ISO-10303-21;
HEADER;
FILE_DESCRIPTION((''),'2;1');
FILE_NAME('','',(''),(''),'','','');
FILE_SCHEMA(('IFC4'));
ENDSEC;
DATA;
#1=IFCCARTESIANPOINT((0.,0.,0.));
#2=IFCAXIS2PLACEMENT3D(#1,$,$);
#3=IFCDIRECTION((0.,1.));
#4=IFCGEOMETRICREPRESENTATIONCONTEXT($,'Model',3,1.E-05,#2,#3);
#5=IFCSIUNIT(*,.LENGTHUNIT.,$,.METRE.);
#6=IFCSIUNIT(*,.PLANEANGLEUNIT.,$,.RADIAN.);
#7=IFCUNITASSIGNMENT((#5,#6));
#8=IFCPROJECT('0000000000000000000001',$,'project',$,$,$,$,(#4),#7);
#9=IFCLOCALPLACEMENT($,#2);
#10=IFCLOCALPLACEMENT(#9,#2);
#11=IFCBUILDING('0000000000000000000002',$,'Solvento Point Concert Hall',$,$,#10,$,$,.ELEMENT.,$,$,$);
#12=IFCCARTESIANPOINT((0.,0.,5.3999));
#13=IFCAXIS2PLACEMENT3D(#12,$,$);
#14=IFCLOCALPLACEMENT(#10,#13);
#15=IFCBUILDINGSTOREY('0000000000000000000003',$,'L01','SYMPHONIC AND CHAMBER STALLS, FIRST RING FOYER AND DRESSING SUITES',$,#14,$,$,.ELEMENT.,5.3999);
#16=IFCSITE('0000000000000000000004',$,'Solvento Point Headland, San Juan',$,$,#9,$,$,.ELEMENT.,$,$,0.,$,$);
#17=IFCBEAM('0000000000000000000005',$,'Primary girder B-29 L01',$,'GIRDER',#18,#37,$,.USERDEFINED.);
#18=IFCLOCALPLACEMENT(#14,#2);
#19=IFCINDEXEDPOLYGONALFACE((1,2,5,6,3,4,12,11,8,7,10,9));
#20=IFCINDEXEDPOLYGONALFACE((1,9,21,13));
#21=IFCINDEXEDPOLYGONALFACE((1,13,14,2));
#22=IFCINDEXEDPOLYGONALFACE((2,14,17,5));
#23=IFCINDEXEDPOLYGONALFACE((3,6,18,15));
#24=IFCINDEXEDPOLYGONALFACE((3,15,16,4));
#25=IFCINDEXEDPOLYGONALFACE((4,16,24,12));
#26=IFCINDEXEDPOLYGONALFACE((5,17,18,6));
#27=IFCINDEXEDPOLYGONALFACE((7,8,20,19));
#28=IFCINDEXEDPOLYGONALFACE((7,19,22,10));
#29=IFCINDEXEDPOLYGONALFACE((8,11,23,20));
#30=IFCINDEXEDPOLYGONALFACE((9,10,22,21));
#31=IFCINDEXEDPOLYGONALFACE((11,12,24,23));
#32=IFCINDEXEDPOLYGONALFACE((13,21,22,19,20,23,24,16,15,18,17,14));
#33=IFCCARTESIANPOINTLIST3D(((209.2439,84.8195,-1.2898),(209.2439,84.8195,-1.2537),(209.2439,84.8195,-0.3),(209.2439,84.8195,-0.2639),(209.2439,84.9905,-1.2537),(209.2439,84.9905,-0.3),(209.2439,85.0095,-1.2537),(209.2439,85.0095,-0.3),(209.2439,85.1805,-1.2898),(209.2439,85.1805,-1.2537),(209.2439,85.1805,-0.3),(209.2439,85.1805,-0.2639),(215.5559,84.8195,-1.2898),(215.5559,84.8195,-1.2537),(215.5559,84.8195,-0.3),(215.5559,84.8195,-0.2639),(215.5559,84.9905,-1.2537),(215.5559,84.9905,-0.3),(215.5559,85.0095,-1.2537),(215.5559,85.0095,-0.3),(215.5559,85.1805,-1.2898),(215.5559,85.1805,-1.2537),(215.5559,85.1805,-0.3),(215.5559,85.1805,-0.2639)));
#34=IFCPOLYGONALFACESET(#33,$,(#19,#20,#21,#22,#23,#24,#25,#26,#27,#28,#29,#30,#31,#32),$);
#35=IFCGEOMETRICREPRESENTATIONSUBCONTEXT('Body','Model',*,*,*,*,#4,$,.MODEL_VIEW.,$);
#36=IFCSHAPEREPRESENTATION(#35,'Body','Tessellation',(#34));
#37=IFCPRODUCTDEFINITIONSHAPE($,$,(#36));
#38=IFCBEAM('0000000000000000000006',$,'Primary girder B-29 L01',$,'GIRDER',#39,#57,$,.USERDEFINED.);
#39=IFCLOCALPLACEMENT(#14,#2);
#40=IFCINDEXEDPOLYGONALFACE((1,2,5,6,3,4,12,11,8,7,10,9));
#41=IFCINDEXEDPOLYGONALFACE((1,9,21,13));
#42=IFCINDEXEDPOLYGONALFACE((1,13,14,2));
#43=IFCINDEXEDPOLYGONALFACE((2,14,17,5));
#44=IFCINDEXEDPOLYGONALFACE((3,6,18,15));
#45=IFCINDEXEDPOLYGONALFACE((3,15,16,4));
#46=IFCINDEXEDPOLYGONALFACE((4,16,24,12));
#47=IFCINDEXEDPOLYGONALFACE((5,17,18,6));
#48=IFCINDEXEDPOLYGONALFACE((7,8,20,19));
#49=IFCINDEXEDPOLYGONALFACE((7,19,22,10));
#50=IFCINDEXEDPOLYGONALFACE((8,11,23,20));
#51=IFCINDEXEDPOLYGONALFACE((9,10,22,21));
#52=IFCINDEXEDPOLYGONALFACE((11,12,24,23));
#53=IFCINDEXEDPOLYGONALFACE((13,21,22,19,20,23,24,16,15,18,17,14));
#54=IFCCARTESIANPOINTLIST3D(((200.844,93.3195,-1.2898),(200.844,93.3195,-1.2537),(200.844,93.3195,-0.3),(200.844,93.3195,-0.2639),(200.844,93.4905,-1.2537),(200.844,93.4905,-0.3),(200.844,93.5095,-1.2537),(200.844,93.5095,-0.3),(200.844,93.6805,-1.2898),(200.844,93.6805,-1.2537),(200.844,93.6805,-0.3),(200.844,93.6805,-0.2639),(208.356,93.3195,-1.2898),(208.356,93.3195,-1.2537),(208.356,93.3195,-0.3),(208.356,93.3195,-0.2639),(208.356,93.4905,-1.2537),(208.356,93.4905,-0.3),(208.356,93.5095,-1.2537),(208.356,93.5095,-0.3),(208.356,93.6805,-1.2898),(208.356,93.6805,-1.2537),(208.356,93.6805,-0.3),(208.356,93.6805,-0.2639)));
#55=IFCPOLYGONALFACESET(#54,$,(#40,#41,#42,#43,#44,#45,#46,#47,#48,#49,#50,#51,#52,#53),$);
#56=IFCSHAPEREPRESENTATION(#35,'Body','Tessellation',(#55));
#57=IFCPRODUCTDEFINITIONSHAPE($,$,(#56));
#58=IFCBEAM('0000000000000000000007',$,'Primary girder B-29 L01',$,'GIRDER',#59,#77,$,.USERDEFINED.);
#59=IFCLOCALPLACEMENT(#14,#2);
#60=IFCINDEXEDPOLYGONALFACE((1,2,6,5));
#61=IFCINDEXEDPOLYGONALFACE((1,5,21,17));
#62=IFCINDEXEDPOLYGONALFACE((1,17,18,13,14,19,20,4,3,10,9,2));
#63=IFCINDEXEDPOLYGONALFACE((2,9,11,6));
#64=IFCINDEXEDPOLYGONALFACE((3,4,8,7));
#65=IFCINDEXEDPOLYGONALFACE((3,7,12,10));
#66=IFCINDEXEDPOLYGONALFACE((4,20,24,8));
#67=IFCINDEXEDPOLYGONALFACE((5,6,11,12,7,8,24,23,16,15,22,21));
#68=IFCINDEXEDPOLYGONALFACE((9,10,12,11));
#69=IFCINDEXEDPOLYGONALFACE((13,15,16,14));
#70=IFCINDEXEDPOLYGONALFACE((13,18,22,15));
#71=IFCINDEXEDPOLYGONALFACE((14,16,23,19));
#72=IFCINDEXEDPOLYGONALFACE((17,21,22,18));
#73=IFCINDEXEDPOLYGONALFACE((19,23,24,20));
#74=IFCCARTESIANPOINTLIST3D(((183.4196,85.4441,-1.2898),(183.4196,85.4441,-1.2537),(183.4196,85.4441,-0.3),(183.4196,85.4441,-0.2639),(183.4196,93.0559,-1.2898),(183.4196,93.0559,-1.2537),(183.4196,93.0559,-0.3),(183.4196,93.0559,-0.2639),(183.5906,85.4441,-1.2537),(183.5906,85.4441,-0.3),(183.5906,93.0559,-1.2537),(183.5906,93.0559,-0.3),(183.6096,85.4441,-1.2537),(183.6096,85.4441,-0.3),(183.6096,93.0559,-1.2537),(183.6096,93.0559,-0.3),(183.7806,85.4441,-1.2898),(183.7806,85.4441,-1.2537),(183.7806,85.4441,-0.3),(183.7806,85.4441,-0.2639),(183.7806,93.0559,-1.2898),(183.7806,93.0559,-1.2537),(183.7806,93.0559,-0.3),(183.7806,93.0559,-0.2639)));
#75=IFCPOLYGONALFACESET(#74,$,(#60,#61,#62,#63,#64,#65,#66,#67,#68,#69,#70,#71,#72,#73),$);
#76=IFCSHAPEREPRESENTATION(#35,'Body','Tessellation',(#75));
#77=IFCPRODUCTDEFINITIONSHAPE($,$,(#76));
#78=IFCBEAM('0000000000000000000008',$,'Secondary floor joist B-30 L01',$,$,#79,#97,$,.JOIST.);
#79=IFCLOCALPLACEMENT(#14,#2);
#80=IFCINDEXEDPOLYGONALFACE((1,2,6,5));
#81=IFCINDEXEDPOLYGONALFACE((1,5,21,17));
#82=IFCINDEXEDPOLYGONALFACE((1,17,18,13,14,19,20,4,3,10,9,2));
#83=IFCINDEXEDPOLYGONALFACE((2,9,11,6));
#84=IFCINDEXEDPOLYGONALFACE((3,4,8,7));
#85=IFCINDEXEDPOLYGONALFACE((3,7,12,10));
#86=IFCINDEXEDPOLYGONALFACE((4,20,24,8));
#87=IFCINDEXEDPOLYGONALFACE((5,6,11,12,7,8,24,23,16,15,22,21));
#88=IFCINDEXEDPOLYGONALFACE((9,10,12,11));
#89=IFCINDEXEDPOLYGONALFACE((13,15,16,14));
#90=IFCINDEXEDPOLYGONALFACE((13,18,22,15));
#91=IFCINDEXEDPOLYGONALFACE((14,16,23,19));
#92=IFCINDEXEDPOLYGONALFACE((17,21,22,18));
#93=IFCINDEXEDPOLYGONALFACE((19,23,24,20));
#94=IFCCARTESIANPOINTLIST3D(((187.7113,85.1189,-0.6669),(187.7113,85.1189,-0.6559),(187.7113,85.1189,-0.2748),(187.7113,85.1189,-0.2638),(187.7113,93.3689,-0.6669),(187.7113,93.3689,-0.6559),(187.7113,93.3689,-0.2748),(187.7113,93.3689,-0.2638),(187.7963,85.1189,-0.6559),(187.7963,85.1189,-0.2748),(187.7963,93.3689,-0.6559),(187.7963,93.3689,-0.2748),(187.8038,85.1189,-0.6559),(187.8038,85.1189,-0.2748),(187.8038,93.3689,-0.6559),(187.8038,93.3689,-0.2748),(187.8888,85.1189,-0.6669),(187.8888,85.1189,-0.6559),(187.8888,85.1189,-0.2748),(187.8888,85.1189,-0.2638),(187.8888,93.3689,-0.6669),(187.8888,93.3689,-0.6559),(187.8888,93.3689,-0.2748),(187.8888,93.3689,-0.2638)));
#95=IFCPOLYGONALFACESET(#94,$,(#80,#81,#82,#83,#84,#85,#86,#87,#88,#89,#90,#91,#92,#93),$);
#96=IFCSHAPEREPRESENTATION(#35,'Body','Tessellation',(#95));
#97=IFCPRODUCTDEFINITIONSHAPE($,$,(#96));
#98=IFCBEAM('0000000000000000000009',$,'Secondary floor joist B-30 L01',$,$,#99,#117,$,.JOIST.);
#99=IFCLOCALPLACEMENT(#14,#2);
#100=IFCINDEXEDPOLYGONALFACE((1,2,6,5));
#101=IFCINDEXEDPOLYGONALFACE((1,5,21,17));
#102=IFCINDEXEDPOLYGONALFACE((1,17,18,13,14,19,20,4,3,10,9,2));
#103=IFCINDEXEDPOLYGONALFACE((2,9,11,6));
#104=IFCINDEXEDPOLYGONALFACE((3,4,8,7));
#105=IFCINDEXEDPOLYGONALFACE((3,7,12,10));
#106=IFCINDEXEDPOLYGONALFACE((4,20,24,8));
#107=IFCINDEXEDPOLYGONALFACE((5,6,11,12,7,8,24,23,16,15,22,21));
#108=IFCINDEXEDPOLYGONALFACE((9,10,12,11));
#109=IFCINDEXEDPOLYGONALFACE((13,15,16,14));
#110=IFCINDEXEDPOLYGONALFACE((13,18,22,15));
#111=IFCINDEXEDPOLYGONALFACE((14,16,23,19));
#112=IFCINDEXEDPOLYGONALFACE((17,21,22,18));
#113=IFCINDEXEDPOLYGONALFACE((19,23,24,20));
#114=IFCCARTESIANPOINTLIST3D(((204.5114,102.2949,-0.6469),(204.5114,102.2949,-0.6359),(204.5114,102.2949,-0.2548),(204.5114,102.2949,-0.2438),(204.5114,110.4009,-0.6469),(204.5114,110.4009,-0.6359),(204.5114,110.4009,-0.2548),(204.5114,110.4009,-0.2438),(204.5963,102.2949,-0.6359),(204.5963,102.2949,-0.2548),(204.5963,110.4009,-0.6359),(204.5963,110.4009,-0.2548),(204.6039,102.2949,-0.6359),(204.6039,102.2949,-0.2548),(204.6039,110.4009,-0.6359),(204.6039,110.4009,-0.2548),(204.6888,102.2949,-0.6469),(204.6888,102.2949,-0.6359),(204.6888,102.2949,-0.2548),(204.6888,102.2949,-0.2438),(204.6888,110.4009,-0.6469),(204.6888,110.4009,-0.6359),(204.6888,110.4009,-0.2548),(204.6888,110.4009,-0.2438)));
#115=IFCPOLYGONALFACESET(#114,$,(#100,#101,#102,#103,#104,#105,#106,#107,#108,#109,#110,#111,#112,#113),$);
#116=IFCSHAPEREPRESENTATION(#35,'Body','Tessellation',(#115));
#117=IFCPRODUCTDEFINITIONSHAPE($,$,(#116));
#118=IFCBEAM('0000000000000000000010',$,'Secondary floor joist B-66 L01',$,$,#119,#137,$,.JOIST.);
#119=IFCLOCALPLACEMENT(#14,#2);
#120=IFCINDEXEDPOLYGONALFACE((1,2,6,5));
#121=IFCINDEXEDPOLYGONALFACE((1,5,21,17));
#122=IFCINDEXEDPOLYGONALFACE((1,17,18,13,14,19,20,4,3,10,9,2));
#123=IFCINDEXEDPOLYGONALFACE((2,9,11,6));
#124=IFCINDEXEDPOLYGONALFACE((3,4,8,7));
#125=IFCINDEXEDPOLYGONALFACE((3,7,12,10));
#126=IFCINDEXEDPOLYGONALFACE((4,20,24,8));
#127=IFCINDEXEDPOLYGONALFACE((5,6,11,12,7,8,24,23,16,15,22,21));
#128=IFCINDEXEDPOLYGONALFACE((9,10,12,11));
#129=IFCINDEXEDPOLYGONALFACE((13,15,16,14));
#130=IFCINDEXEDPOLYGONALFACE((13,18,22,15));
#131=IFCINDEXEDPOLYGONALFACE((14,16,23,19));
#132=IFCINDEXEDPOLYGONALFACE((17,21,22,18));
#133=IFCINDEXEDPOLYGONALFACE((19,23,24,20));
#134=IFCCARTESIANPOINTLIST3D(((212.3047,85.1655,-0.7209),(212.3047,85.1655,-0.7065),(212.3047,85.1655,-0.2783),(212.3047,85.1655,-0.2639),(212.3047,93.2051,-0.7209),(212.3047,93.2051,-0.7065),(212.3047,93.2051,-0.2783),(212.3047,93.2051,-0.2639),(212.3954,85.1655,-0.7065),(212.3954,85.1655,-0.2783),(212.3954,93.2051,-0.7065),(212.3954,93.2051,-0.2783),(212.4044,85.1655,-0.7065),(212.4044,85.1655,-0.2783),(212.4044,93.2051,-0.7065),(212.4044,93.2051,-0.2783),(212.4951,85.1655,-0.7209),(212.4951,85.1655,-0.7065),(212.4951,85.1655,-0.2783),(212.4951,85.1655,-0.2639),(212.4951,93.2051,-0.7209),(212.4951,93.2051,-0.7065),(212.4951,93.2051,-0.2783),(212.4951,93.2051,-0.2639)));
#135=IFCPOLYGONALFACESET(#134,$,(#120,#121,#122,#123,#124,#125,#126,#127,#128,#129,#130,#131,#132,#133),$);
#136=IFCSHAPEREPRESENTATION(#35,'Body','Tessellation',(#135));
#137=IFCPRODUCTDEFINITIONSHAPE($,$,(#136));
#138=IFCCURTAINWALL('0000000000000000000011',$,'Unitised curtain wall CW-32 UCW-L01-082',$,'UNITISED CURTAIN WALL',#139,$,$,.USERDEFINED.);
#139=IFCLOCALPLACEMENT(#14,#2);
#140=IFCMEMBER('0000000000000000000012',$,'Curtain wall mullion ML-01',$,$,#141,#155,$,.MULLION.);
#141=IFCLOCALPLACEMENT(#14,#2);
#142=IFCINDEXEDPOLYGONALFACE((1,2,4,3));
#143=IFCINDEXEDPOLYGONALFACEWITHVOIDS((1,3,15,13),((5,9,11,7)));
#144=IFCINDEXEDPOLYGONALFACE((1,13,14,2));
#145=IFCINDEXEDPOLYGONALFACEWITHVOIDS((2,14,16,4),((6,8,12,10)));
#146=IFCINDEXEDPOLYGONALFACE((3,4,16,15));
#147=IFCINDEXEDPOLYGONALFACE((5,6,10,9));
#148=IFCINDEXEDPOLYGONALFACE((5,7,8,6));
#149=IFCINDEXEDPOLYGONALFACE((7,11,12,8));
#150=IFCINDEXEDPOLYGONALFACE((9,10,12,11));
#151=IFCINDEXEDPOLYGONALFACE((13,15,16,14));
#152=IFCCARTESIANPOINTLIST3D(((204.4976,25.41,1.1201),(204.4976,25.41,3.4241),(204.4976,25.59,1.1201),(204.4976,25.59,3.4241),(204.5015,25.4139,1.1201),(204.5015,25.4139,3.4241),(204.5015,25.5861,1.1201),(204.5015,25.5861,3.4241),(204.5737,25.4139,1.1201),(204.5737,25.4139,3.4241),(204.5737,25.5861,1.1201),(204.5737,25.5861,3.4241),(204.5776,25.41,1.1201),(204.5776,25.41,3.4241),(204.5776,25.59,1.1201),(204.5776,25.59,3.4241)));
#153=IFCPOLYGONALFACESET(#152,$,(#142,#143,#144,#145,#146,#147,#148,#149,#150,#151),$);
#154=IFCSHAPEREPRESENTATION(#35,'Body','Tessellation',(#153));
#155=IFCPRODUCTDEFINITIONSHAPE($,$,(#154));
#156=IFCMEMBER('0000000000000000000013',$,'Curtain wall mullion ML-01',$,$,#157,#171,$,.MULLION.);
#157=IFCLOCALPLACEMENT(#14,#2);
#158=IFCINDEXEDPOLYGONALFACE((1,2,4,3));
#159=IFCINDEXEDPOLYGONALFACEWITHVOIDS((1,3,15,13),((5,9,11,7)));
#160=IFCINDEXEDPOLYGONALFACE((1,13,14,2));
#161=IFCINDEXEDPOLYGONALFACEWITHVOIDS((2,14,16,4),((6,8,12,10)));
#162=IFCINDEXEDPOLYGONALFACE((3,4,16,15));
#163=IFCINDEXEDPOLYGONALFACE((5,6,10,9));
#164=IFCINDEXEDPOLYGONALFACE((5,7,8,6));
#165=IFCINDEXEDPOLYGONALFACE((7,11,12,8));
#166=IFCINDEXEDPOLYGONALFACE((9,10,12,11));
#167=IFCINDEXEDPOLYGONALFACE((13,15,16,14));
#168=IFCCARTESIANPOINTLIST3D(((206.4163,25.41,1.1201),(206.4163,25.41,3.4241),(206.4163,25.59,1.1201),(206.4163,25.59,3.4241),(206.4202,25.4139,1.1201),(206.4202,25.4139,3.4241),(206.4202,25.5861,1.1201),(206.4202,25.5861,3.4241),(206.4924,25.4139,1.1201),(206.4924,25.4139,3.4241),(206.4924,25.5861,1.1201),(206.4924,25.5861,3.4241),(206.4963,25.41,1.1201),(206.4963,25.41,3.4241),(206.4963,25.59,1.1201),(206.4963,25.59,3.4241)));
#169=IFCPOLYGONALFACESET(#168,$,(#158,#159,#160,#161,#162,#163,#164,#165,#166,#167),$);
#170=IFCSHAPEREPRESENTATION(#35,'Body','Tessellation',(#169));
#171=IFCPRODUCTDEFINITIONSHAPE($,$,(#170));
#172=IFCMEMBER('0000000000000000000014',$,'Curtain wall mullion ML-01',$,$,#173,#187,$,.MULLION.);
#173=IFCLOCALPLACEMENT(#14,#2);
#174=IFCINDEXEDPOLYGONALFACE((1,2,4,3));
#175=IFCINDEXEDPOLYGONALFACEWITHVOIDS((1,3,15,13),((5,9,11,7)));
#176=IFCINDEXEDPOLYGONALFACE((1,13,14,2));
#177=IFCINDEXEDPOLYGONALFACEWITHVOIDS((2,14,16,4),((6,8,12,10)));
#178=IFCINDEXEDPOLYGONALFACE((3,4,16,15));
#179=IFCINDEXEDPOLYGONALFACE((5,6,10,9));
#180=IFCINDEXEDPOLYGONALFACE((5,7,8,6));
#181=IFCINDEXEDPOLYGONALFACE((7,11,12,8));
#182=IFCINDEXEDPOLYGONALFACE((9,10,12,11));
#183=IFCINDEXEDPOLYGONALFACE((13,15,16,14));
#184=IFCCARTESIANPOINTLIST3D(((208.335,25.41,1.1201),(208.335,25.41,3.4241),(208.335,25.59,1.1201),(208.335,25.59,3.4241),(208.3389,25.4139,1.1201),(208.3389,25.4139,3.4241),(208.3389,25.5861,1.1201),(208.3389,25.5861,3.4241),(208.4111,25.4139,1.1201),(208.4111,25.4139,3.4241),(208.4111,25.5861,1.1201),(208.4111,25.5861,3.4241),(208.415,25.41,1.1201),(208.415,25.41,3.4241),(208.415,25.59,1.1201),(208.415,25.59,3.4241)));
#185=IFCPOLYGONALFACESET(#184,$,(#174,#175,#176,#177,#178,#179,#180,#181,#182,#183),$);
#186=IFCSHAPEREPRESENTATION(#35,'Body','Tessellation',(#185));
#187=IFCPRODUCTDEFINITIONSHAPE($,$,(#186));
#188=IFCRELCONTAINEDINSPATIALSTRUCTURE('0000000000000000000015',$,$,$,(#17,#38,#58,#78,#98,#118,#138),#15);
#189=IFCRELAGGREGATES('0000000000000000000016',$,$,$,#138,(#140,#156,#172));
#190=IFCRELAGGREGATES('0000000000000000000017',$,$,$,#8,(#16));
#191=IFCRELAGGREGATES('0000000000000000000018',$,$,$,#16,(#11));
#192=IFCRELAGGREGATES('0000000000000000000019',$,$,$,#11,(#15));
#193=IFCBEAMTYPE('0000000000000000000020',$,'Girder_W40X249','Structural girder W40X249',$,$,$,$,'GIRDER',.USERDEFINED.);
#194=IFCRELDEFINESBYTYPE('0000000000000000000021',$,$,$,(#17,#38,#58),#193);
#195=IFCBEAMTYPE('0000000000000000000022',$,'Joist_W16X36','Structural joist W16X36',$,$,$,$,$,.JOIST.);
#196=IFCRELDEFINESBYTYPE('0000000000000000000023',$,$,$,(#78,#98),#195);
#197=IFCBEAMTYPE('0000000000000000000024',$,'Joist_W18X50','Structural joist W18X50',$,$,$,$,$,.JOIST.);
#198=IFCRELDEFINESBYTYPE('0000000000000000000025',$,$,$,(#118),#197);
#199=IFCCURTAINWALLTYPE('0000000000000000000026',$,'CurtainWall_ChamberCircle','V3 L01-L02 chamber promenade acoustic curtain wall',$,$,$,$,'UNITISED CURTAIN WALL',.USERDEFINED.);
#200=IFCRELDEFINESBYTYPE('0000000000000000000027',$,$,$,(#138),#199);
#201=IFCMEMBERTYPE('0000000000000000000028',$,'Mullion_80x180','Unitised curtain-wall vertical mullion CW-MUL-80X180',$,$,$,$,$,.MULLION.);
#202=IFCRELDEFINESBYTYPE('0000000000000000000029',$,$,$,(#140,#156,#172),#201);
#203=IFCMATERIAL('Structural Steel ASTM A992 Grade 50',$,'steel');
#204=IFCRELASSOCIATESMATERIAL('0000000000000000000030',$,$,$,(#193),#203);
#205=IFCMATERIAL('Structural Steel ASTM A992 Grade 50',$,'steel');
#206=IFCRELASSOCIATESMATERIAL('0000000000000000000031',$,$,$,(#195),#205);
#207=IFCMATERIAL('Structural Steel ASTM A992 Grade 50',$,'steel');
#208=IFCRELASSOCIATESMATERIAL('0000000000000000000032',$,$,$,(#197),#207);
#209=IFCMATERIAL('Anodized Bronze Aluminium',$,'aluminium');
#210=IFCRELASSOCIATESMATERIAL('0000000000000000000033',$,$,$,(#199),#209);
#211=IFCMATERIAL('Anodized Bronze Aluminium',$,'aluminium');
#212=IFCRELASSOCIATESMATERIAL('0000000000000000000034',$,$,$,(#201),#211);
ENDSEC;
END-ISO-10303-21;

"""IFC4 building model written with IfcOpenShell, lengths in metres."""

from ifc_helpers import new_model, si_unit, direction, frame, origin, origin_2d, place, context, subcontext, project, spatial, hollow_rectangle, i_section, extrude, material, material_profile, profile_set, type_object, element, aggregate, save


model = new_model("IFC4")

# Units and contexts
model_context = context("Model", 3, precision=1e-05, world=origin(), true_north=direction((0.0, 1.0)))
body_context = subcontext(model_context, "Body", "Model", "MODEL_VIEW")
ifc_project = project(units=[si_unit("LENGTHUNIT", "METRE"), si_unit("PLANEANGLEUNIT", "RADIAN")], contexts=[model_context])

# Site, building, storey
site_placement = place(None, origin())
site = spatial("IfcSite", under=ifc_project, at=site_placement, Name="Solvento Point Headland, San Juan", CompositionType="ELEMENT", RefElevation=0.0)
building_placement = place(site_placement, origin())
building = spatial("IfcBuilding", under=site, at=building_placement, Name="Solvento Point Concert Hall", CompositionType="ELEMENT")
storey_placement = place(building_placement, frame((0.0, 0.0, 5.3999)))
storey = spatial("IfcBuildingStorey", under=building, at=storey_placement, Name="L01", Description="SYMPHONIC AND CHAMBER STALLS, FIRST RING FOYER AND DRESSING SUITES", CompositionType="ELEMENT", Elevation=5.3999)

# Beams
ifc_material_1 = material(Name="Structural Steel ASTM A992 Grade 50", Category="steel")
ifc_material_profile_1 = material_profile(ifc_material_1, i_section(OverallWidth=0.3611, OverallDepth=1.0259, WebThickness=0.019, FlangeThickness=0.0361, at=origin_2d()), Name="W40X249")
ifc_profile_set_1 = profile_set([ifc_material_profile_1], Name="Structural Steel ASTM A992 Grade 50")
beam_type_1 = type_object("IfcBeamType", Name="Girder_W40X249", Description="Structural girder W40X249", ElementType="GIRDER", PredefinedType="USERDEFINED", material=ifc_profile_set_1)
beam_1_placement = place(storey_placement, frame((209.2439, 85.0, -0.7769), z_axis=(1.0, 0.0, 0.0), x_axis=(0.0, 1.0, 0.0)))
element("IfcBeam", 1, at=beam_1_placement, inside=storey, type_object=beam_type_1, Name="Primary girder B-29 L01", ObjectType="GIRDER", PredefinedType="USERDEFINED", context=body_context, shape_type="SweptSolid", body=[
    extrude(i_section(OverallWidth=0.3611, OverallDepth=1.0259, WebThickness=0.019, FlangeThickness=0.0361, at=origin_2d()), origin(), (0.0, 0.0, 1.0), 6.312),
])
beam_2_placement = place(storey_placement, frame((200.844, 93.5, -0.7769), z_axis=(1.0, 0.0, 0.0), x_axis=(0.0, 1.0, 0.0)))
element("IfcBeam", 2, at=beam_2_placement, inside=storey, type_object=beam_type_1, Name="Primary girder B-29 L01", ObjectType="GIRDER", PredefinedType="USERDEFINED", context=body_context, shape_type="SweptSolid", body=[
    extrude(i_section(OverallWidth=0.3611, OverallDepth=1.0259, WebThickness=0.019, FlangeThickness=0.0361, at=origin_2d()), origin(), (0.0, 0.0, 1.0), 7.512),
])
beam_3_placement = place(storey_placement, frame((183.6001, 85.4441, -0.7769), z_axis=(0.0, 1.0, 0.0), x_axis=(-1.0, 0.0, 0.0)))
element("IfcBeam", 3, at=beam_3_placement, inside=storey, type_object=beam_type_1, Name="Primary girder B-29 L01", ObjectType="GIRDER", PredefinedType="USERDEFINED", context=body_context, shape_type="SweptSolid", body=[
    extrude(i_section(OverallWidth=0.3611, OverallDepth=1.0259, WebThickness=0.019, FlangeThickness=0.0361, at=origin_2d()), origin(), (0.0, 0.0, 1.0), 7.6118),
])
ifc_material_2 = material(Name="Structural Steel ASTM A992 Grade 50", Category="steel")
ifc_material_profile_2 = material_profile(ifc_material_2, i_section(OverallWidth=0.1775, OverallDepth=0.4031, WebThickness=0.0076, FlangeThickness=0.011, at=origin_2d()), Name="W16X36")
ifc_profile_set_2 = profile_set([ifc_material_profile_2], Name="Structural Steel ASTM A992 Grade 50")
beam_type_2 = type_object("IfcBeamType", Name="Joist_W16X36", Description="Structural joist W16X36", PredefinedType="JOIST", material=ifc_profile_set_2)
beam_4_placement = place(storey_placement, frame((187.8, 85.1189, -0.4653), z_axis=(0.0, 1.0, 0.0), x_axis=(-1.0, 0.0, 0.0)))
element("IfcBeam", 4, at=beam_4_placement, inside=storey, type_object=beam_type_2, Name="Secondary floor joist B-30 L01", PredefinedType="JOIST", context=body_context, shape_type="SweptSolid", body=[
    extrude(i_section(OverallWidth=0.1775, OverallDepth=0.4031, WebThickness=0.0076, FlangeThickness=0.011, at=origin_2d()), origin(), (0.0, 0.0, 1.0), 8.25),
])
beam_5_placement = place(storey_placement, frame((204.6001, 102.2949, -0.4453), z_axis=(0.0, 1.0, 0.0), x_axis=(-1.0, 0.0, 0.0)))
element("IfcBeam", 5, at=beam_5_placement, inside=storey, type_object=beam_type_2, Name="Secondary floor joist B-30 L01", PredefinedType="JOIST", context=body_context, shape_type="SweptSolid", body=[
    extrude(i_section(OverallWidth=0.1775, OverallDepth=0.4031, WebThickness=0.0076, FlangeThickness=0.011, at=origin_2d()), origin(), (0.0, 0.0, 1.0), 8.106),
])
ifc_material_3 = material(Name="Structural Steel ASTM A992 Grade 50", Category="steel")
ifc_material_profile_3 = material_profile(ifc_material_3, i_section(OverallWidth=0.1904, OverallDepth=0.457, WebThickness=0.009, FlangeThickness=0.0144, at=origin_2d()), Name="W18X50")
ifc_profile_set_3 = profile_set([ifc_material_profile_3], Name="Structural Steel ASTM A992 Grade 50")
beam_type_3 = type_object("IfcBeamType", Name="Joist_W18X50", Description="Structural joist W18X50", PredefinedType="JOIST", material=ifc_profile_set_3)
beam_6_placement = place(storey_placement, frame((212.3999, 85.1655, -0.4924), z_axis=(0.0, 1.0, 0.0), x_axis=(-1.0, 0.0, 0.0)))
element("IfcBeam", 6, at=beam_6_placement, inside=storey, type_object=beam_type_3, Name="Secondary floor joist B-66 L01", PredefinedType="JOIST", context=body_context, shape_type="SweptSolid", body=[
    extrude(i_section(OverallWidth=0.1904, OverallDepth=0.457, WebThickness=0.009, FlangeThickness=0.0144, at=origin_2d()), origin(), (0.0, 0.0, 1.0), 8.0396),
])

# Curtain wall, members
ifc_material_4 = material(Name="Anodized Bronze Aluminium", Category="aluminium")
curtain_wall_type = type_object("IfcCurtainWallType", Name="CurtainWall_ChamberCircle", Description="V3 L01-L02 chamber promenade acoustic curtain wall", ElementType="UNITISED CURTAIN WALL", PredefinedType="USERDEFINED", material=ifc_material_4)
curtain_wall_placement = place(storey_placement, origin())
curtain_wall = element("IfcCurtainWall", 7, at=curtain_wall_placement, inside=storey, type_object=curtain_wall_type, Name="Unitised curtain wall CW-32 UCW-L01-082", ObjectType="UNITISED CURTAIN WALL", PredefinedType="USERDEFINED")
ifc_material_5 = material(Name="Anodized Bronze Aluminium", Category="aluminium")
ifc_material_profile_4 = material_profile(ifc_material_5, hollow_rectangle(XDim=0.0801, YDim=0.1799, WallThickness=0.0039, at=origin_2d()), Name="CW-MUL-80X180")
ifc_profile_set_4 = profile_set([ifc_material_profile_4], Name="Anodized Bronze Aluminium")
member_type = type_object("IfcMemberType", Name="Mullion_80x180", Description="Unitised curtain-wall vertical mullion CW-MUL-80X180", PredefinedType="MULLION", material=ifc_profile_set_4)
member_1_placement = place(storey_placement, frame((204.5376, 25.5, 1.1201), z_axis=(0.0, 0.0, 1.0), x_axis=(1.0, 0.0, 0.0)))
member_1 = element("IfcMember", 8, at=member_1_placement, type_object=member_type, Name="Curtain wall mullion ML-01", PredefinedType="MULLION", context=body_context, shape_type="SweptSolid", body=[
    extrude(hollow_rectangle(XDim=0.0801, YDim=0.1799, WallThickness=0.0039, at=origin_2d()), origin(), (0.0, 0.0, 1.0), 2.304),
])
member_2_placement = place(storey_placement, frame((206.4563, 25.5, 1.1201), z_axis=(0.0, 0.0, 1.0), x_axis=(1.0, 0.0, 0.0)))
member_2 = element("IfcMember", 9, at=member_2_placement, type_object=member_type, Name="Curtain wall mullion ML-01", PredefinedType="MULLION", context=body_context, shape_type="SweptSolid", body=[
    extrude(hollow_rectangle(XDim=0.0801, YDim=0.1799, WallThickness=0.0039, at=origin_2d()), origin(), (0.0, 0.0, 1.0), 2.304),
])
member_3_placement = place(storey_placement, frame((208.375, 25.5, 1.1201), z_axis=(0.0, 0.0, 1.0), x_axis=(1.0, 0.0, 0.0)))
member_3 = element("IfcMember", 10, at=member_3_placement, type_object=member_type, Name="Curtain wall mullion ML-01", PredefinedType="MULLION", context=body_context, shape_type="SweptSolid", body=[
    extrude(hollow_rectangle(XDim=0.0801, YDim=0.1799, WallThickness=0.0039, at=origin_2d()), origin(), (0.0, 0.0, 1.0), 2.304),
])
aggregate(curtain_wall, [member_1, member_2, member_3])

save(model, "model.ifc")
